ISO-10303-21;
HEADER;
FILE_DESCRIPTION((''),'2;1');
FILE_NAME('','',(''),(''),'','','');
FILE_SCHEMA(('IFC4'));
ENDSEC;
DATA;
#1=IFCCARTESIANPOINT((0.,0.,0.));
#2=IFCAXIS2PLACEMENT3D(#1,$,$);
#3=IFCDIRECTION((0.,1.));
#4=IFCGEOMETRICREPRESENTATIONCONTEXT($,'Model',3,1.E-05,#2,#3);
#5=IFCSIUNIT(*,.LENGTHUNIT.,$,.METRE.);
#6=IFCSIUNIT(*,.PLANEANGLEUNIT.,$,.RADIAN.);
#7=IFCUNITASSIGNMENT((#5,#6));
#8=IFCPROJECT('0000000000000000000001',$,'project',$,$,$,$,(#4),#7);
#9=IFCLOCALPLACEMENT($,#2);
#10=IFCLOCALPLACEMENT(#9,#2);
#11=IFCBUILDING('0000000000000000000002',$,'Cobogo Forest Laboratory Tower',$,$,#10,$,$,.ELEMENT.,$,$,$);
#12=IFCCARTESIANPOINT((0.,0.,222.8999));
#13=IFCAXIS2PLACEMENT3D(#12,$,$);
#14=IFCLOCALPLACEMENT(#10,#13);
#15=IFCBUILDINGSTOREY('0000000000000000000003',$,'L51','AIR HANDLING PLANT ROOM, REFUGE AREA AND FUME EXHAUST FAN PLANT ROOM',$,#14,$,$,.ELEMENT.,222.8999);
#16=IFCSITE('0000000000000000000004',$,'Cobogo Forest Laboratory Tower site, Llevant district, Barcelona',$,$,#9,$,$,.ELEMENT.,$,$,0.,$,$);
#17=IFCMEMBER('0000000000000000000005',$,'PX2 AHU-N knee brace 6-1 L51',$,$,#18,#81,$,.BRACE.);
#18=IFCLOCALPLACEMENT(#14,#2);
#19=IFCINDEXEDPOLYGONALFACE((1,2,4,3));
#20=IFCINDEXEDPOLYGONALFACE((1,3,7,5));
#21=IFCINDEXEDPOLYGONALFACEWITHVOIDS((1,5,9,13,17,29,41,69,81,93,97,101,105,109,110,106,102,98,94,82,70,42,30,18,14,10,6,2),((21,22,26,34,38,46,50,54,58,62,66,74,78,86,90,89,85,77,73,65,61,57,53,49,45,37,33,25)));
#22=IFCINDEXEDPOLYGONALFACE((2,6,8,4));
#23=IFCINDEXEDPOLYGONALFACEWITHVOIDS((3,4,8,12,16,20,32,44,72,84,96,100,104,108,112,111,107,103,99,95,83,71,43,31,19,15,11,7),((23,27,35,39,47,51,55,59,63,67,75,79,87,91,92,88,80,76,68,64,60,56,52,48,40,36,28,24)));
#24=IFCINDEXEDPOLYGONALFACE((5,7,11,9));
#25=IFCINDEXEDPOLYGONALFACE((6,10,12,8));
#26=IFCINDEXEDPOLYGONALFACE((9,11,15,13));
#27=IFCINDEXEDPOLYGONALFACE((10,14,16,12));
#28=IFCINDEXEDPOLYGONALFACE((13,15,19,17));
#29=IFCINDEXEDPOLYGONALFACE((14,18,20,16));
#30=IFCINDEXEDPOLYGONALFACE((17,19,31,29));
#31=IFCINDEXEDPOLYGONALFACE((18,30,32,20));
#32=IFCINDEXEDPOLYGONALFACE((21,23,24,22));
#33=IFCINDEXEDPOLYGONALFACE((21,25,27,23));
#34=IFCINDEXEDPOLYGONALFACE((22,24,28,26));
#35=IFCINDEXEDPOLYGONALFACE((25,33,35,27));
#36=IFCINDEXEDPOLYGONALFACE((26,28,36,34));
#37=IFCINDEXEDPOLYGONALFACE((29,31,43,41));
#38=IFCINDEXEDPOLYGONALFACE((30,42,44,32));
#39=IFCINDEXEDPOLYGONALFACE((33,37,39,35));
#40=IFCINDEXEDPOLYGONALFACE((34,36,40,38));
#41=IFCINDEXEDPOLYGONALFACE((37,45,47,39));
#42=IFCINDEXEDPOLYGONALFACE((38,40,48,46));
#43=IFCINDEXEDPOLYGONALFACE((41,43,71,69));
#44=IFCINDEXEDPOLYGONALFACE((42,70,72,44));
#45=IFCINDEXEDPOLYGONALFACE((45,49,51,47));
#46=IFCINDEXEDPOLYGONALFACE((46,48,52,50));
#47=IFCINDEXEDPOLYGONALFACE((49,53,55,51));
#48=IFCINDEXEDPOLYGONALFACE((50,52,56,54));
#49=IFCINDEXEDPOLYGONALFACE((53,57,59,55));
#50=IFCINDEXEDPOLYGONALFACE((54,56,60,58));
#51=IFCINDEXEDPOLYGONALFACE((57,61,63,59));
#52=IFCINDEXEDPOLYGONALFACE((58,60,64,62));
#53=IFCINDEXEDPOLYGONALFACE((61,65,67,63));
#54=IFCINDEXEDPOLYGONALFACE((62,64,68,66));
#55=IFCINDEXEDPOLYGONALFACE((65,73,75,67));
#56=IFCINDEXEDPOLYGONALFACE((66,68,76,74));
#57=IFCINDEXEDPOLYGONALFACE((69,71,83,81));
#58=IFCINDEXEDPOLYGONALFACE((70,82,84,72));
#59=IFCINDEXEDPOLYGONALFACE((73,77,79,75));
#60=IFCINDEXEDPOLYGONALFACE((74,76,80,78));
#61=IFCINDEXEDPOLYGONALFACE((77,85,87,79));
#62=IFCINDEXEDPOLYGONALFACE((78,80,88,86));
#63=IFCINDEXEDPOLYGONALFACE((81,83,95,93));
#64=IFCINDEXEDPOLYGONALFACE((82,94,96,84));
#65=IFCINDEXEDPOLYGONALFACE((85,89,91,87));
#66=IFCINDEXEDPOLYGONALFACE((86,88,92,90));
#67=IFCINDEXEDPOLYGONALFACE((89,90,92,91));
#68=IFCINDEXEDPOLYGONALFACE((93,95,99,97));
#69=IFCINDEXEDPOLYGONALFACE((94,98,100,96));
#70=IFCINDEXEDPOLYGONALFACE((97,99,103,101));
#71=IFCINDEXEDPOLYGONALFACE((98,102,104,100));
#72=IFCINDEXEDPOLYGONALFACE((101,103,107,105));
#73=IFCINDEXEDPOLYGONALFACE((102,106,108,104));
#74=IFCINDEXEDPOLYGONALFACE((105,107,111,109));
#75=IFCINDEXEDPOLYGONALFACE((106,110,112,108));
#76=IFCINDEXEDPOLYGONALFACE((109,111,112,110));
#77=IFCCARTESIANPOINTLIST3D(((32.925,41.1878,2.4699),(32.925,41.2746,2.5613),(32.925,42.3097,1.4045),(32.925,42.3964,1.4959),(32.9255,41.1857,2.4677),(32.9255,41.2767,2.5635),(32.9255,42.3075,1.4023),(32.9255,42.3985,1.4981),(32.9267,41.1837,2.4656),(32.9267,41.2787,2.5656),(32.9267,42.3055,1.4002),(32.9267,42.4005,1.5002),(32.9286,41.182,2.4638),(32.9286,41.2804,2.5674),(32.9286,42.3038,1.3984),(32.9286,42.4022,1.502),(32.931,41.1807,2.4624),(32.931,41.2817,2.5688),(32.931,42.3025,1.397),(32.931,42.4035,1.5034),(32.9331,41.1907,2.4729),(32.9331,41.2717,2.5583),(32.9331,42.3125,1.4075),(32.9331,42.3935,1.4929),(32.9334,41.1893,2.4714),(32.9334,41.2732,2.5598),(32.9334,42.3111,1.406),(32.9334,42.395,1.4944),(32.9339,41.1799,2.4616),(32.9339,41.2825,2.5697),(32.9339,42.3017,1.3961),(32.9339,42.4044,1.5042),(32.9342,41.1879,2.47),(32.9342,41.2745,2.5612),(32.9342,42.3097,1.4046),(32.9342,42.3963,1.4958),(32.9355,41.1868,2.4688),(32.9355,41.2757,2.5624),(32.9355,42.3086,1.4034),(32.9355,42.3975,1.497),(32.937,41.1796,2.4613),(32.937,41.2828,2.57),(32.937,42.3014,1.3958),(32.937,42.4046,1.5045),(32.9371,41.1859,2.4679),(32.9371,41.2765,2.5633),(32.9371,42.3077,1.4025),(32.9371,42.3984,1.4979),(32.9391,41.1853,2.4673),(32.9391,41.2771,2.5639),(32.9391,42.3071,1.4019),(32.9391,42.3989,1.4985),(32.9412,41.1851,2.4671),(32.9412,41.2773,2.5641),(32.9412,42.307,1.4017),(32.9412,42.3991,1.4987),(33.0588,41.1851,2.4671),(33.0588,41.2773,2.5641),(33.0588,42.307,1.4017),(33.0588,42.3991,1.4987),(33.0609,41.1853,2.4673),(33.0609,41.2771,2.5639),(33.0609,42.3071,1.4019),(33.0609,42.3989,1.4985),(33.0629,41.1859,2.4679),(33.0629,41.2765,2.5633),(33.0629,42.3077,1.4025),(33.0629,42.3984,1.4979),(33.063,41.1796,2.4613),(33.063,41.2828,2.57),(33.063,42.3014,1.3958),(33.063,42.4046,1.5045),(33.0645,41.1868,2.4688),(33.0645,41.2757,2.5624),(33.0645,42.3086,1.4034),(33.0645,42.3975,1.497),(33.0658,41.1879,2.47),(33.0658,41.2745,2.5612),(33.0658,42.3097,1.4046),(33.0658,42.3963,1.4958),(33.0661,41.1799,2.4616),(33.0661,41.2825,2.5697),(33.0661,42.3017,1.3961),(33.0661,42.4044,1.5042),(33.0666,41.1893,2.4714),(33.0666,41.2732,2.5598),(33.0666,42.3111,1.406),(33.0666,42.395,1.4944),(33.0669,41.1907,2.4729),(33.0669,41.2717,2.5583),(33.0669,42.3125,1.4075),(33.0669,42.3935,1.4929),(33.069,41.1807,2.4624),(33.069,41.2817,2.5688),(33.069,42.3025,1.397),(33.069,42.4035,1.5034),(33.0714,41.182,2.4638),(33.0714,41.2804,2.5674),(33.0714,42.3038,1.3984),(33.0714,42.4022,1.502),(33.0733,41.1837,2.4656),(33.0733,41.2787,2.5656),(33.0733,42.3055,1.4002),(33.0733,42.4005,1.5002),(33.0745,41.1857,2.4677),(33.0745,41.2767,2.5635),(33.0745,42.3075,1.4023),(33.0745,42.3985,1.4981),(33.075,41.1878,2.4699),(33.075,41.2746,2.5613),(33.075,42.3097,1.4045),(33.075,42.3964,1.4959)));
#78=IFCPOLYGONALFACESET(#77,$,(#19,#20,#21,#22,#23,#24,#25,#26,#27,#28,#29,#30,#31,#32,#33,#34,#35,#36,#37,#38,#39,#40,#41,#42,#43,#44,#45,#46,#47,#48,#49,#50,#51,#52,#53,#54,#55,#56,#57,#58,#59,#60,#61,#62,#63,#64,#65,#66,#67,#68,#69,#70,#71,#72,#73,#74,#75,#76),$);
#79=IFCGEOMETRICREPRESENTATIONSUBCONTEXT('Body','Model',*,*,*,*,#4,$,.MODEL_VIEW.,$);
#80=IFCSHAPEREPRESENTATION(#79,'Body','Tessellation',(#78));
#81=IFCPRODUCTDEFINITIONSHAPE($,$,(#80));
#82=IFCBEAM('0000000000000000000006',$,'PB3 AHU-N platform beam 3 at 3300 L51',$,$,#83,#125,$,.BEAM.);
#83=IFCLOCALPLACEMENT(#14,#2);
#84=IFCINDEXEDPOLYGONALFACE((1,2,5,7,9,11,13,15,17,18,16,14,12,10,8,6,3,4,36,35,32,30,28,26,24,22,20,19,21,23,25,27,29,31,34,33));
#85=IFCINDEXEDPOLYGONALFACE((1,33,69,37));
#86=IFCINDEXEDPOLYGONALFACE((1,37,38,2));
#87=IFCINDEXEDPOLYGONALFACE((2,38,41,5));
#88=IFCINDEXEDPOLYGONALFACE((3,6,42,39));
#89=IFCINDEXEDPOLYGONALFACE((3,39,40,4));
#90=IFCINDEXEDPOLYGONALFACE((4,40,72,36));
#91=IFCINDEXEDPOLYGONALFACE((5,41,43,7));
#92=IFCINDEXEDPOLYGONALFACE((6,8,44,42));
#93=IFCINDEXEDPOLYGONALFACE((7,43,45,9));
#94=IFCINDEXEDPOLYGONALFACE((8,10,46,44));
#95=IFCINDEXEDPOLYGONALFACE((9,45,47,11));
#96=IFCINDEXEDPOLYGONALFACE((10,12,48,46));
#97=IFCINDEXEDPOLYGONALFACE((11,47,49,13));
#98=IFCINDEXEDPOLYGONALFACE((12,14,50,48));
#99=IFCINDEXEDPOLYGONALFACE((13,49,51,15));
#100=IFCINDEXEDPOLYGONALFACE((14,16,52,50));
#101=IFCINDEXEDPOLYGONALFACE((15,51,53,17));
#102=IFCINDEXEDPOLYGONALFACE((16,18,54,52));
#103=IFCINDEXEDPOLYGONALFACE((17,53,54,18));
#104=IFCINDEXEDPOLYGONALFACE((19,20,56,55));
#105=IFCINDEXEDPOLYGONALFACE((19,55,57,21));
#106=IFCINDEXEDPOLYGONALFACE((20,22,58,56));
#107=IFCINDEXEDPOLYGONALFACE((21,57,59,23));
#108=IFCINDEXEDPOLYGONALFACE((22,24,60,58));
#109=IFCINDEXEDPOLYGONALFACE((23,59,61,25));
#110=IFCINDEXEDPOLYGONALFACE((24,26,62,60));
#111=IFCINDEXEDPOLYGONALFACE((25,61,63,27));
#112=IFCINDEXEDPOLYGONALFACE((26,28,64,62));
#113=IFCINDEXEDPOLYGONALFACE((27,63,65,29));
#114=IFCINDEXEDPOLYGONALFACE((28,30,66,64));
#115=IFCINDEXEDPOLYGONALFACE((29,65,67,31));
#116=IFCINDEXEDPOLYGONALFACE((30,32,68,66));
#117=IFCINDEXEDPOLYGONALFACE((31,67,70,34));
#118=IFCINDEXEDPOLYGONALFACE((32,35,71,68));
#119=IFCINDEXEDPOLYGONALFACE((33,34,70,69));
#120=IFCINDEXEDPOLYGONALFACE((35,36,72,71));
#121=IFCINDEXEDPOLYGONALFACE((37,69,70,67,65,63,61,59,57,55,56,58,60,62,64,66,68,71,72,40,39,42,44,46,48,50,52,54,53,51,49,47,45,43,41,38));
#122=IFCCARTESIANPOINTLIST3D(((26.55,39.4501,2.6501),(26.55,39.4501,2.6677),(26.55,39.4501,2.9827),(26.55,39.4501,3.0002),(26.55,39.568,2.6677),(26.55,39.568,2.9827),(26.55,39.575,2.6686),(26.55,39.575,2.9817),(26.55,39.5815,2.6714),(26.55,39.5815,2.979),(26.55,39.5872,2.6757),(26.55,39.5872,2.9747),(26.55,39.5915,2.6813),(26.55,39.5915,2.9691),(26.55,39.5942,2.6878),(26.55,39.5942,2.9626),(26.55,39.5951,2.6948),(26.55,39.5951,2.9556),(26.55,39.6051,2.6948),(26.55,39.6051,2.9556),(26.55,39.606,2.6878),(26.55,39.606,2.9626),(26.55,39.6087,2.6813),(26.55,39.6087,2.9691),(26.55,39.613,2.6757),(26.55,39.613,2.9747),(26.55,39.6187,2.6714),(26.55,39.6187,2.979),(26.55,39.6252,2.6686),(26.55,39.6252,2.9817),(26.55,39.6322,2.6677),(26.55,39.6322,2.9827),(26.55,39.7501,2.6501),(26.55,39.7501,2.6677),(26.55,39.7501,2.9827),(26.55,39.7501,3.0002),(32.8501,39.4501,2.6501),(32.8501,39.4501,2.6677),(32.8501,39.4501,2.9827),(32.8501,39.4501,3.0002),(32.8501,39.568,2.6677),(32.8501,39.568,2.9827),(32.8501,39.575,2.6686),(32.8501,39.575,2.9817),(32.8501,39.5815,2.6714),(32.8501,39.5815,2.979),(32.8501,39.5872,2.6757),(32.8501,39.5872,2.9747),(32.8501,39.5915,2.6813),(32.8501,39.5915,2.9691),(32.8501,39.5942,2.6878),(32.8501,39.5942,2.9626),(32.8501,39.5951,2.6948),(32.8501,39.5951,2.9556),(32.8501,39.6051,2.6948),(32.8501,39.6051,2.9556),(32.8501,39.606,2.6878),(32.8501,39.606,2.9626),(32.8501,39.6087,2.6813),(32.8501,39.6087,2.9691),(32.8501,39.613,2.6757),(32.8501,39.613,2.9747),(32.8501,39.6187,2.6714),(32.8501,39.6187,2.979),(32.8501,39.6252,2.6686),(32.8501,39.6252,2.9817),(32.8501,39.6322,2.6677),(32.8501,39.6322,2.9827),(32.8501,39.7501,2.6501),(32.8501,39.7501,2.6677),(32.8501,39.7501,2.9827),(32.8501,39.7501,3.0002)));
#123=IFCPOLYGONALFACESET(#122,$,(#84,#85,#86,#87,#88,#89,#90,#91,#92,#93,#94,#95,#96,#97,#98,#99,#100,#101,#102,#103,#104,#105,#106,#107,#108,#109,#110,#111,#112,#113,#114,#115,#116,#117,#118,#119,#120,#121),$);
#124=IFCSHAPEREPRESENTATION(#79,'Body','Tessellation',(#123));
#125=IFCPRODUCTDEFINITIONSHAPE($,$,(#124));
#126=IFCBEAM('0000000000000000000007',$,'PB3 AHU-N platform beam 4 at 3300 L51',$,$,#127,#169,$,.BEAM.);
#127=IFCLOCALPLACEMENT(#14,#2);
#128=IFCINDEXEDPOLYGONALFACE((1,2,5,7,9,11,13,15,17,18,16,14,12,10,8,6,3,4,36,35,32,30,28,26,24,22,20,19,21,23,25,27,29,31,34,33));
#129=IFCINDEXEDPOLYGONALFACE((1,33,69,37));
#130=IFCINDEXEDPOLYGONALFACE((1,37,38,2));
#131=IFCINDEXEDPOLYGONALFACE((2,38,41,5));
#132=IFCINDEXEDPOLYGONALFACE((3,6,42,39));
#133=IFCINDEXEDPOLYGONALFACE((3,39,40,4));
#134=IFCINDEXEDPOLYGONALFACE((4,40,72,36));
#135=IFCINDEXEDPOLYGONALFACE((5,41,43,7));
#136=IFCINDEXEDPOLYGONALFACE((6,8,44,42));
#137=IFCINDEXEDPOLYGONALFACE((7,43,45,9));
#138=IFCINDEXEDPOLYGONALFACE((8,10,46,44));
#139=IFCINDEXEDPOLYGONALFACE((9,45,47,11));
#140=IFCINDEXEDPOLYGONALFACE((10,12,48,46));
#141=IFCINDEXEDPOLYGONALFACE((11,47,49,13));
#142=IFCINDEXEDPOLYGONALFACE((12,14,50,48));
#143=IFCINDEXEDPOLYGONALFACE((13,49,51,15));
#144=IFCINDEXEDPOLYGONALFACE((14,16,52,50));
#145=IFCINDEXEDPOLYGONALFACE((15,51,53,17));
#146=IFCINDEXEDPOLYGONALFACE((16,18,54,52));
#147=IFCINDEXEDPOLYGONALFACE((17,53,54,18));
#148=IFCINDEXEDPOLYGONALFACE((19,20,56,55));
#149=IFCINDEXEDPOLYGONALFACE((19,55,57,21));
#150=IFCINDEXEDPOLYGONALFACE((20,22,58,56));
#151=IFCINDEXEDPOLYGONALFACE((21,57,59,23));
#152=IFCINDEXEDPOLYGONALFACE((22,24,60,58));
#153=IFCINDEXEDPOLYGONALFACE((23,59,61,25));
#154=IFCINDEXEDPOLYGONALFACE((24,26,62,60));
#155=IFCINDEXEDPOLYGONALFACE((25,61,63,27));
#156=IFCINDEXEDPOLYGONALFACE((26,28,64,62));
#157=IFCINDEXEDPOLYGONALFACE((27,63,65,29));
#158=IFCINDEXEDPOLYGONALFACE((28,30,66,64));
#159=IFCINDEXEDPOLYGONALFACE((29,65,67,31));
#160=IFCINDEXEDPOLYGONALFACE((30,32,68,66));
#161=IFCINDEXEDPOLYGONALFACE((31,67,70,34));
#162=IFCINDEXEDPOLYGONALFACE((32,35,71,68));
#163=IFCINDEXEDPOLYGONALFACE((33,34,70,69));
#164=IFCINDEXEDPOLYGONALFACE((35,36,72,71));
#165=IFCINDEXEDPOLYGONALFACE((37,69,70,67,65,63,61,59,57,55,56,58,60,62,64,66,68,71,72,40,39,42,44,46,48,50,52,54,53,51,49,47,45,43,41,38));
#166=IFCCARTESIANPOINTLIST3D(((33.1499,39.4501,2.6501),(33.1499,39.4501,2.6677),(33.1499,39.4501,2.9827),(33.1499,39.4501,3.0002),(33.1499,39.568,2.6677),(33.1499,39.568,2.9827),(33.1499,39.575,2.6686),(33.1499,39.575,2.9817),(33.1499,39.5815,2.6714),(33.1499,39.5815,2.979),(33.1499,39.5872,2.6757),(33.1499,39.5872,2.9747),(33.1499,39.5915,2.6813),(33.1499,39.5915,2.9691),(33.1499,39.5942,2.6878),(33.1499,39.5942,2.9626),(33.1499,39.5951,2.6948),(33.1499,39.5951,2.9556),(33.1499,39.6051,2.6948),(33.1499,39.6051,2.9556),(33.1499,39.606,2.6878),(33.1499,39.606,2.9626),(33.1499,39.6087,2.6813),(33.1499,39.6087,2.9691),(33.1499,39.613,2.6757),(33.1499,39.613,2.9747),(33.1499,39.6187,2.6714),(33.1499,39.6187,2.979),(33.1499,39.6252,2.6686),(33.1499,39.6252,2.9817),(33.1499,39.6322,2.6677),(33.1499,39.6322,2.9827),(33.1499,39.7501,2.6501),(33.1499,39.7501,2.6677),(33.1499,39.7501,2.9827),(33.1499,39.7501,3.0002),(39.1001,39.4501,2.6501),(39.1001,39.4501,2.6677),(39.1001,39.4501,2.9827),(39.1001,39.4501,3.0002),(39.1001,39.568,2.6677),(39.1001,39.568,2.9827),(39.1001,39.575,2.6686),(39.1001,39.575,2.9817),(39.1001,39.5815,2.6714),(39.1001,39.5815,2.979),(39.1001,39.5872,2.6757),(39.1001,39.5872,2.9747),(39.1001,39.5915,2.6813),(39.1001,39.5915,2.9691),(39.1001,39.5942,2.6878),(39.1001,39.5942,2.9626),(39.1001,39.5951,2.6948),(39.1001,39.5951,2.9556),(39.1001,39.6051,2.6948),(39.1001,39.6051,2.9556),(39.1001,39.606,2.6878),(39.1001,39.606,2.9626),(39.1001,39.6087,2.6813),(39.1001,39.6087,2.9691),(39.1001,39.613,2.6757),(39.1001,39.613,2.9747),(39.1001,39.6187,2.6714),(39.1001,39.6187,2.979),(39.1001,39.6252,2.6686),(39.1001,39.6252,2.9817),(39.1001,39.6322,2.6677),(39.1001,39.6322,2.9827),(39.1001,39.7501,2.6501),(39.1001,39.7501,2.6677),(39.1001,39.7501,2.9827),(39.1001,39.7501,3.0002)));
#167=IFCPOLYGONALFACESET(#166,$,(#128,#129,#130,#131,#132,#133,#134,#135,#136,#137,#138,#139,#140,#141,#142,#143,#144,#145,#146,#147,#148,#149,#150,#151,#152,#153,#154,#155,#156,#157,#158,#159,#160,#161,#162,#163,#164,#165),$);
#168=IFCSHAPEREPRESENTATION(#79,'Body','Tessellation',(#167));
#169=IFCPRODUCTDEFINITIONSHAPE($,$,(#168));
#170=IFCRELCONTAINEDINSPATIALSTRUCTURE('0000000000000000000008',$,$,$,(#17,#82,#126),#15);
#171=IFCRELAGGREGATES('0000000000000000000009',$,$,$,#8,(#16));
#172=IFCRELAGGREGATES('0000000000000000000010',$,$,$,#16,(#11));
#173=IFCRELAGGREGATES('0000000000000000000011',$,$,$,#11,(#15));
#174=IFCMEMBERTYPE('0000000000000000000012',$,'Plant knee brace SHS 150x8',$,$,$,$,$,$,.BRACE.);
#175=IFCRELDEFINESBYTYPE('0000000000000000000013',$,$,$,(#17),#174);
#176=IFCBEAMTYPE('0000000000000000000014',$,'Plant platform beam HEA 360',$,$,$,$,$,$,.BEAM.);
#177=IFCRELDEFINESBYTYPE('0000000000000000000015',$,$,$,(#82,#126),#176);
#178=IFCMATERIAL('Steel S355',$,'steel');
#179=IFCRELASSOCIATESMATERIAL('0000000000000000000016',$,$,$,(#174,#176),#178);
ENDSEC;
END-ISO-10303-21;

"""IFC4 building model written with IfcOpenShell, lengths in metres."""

from ifc_helpers import new_model, si_unit, direction, frame, origin, origin_2d, place, context, subcontext, project, spatial, hollow_rectangle, i_section, extrude, material, material_profile, profile_set, type_object, element, save


model = new_model("IFC4")

# Units and contexts
model_context = context("Model", 3, precision=1e-05, world=origin(), true_north=direction((0.0, 1.0)))
body_context = subcontext(model_context, "Body", "Model", "MODEL_VIEW")
ifc_project = project(units=[si_unit("LENGTHUNIT", "METRE"), si_unit("PLANEANGLEUNIT", "RADIAN")], contexts=[model_context])

# Site, building, storey
site_placement = place(None, origin())
site = spatial("IfcSite", under=ifc_project, at=site_placement, Name="Cobogo Forest Laboratory Tower site, Llevant district, Barcelona", CompositionType="ELEMENT", RefElevation=0.0)
building_placement = place(site_placement, origin())
building = spatial("IfcBuilding", under=site, at=building_placement, Name="Cobogo Forest Laboratory Tower", CompositionType="ELEMENT")
storey_placement = place(building_placement, frame((0.0, 0.0, 222.8999)))
storey = spatial("IfcBuildingStorey", under=building, at=storey_placement, Name="L51", Description="AIR HANDLING PLANT ROOM, REFUGE AREA AND FUME EXHAUST FAN PLANT ROOM", CompositionType="ELEMENT", Elevation=222.8999)

# Member
ifc_material_1 = material(Name="Steel S355", Category="steel")
ifc_material_profile_1 = material_profile(ifc_material_1, hollow_rectangle(XDim=0.1499, YDim=0.1499, WallThickness=0.0081, InnerFilletRadius=0.0081, OuterFilletRadius=0.012, at=origin_2d()), Name="SHS 150x8")
ifc_profile_set_1 = profile_set([ifc_material_profile_1], Name="Steel S355")
member_type_1 = type_object("IfcMemberType", Name="Plant knee brace SHS 150x8", PredefinedType="BRACE", material=ifc_profile_set_1)
for number, where, z_axis, x_axis, name in (
    (1, (33.0, 42.353, 1.4502), (0.0, -0.725098, 0.688646), (1.0, 0.0, 0.0), "PX2 AHU-N knee brace 6-1 L51"),
):
    element("IfcMember", number, at=place(storey_placement, frame(where, z_axis=z_axis, x_axis=x_axis)), inside=storey, type_object=member_type_1, Name=name, PredefinedType="BRACE", context=body_context, shape_type="SweptSolid", body=[
        extrude(hollow_rectangle(XDim=0.1499, YDim=0.1499, WallThickness=0.0081, InnerFilletRadius=0.0081, OuterFilletRadius=0.012, at=origin_2d()), origin(), (0.0, 0.0, 1.0), 1.5471),
    ])

# Beams
ifc_material_profile_2 = material_profile(ifc_material_1, i_section(OverallWidth=0.3, OverallDepth=0.3501, WebThickness=0.01, FlangeThickness=0.0176, FilletRadius=0.0271, at=origin_2d()), Name="HEA 360")
ifc_profile_set_2 = profile_set([ifc_material_profile_2], Name="Steel S355")
beam_type_1 = type_object("IfcBeamType", Name="Plant platform beam HEA 360", PredefinedType="BEAM", material=ifc_profile_set_2)
beam_1_placement = place(storey_placement, frame((26.55, 39.6001, 2.8252), z_axis=(1.0, 0.0, 0.0), x_axis=(0.0, 1.0, 0.0)))
element("IfcBeam", 2, at=beam_1_placement, inside=storey, type_object=beam_type_1, Name="PB3 AHU-N platform beam 3 at 3300 L51", PredefinedType="BEAM", context=body_context, shape_type="SweptSolid", body=[
    extrude(i_section(OverallWidth=0.3, OverallDepth=0.3501, WebThickness=0.01, FlangeThickness=0.0176, FilletRadius=0.0271, at=origin_2d()), origin(), (0.0, 0.0, 1.0), 6.3),
])
beam_2_placement = place(storey_placement, frame((33.1499, 39.6001, 2.8252), z_axis=(1.0, 0.0, 0.0), x_axis=(0.0, 1.0, 0.0)))
element("IfcBeam", 3, at=beam_2_placement, inside=storey, type_object=beam_type_1, Name="PB3 AHU-N platform beam 4 at 3300 L51", PredefinedType="BEAM", context=body_context, shape_type="SweptSolid", body=[
    extrude(i_section(OverallWidth=0.3, OverallDepth=0.3501, WebThickness=0.01, FlangeThickness=0.0176, FilletRadius=0.0271, at=origin_2d()), origin(), (0.0, 0.0, 1.0), 5.9502),
])

save(model, "model.ifc")
